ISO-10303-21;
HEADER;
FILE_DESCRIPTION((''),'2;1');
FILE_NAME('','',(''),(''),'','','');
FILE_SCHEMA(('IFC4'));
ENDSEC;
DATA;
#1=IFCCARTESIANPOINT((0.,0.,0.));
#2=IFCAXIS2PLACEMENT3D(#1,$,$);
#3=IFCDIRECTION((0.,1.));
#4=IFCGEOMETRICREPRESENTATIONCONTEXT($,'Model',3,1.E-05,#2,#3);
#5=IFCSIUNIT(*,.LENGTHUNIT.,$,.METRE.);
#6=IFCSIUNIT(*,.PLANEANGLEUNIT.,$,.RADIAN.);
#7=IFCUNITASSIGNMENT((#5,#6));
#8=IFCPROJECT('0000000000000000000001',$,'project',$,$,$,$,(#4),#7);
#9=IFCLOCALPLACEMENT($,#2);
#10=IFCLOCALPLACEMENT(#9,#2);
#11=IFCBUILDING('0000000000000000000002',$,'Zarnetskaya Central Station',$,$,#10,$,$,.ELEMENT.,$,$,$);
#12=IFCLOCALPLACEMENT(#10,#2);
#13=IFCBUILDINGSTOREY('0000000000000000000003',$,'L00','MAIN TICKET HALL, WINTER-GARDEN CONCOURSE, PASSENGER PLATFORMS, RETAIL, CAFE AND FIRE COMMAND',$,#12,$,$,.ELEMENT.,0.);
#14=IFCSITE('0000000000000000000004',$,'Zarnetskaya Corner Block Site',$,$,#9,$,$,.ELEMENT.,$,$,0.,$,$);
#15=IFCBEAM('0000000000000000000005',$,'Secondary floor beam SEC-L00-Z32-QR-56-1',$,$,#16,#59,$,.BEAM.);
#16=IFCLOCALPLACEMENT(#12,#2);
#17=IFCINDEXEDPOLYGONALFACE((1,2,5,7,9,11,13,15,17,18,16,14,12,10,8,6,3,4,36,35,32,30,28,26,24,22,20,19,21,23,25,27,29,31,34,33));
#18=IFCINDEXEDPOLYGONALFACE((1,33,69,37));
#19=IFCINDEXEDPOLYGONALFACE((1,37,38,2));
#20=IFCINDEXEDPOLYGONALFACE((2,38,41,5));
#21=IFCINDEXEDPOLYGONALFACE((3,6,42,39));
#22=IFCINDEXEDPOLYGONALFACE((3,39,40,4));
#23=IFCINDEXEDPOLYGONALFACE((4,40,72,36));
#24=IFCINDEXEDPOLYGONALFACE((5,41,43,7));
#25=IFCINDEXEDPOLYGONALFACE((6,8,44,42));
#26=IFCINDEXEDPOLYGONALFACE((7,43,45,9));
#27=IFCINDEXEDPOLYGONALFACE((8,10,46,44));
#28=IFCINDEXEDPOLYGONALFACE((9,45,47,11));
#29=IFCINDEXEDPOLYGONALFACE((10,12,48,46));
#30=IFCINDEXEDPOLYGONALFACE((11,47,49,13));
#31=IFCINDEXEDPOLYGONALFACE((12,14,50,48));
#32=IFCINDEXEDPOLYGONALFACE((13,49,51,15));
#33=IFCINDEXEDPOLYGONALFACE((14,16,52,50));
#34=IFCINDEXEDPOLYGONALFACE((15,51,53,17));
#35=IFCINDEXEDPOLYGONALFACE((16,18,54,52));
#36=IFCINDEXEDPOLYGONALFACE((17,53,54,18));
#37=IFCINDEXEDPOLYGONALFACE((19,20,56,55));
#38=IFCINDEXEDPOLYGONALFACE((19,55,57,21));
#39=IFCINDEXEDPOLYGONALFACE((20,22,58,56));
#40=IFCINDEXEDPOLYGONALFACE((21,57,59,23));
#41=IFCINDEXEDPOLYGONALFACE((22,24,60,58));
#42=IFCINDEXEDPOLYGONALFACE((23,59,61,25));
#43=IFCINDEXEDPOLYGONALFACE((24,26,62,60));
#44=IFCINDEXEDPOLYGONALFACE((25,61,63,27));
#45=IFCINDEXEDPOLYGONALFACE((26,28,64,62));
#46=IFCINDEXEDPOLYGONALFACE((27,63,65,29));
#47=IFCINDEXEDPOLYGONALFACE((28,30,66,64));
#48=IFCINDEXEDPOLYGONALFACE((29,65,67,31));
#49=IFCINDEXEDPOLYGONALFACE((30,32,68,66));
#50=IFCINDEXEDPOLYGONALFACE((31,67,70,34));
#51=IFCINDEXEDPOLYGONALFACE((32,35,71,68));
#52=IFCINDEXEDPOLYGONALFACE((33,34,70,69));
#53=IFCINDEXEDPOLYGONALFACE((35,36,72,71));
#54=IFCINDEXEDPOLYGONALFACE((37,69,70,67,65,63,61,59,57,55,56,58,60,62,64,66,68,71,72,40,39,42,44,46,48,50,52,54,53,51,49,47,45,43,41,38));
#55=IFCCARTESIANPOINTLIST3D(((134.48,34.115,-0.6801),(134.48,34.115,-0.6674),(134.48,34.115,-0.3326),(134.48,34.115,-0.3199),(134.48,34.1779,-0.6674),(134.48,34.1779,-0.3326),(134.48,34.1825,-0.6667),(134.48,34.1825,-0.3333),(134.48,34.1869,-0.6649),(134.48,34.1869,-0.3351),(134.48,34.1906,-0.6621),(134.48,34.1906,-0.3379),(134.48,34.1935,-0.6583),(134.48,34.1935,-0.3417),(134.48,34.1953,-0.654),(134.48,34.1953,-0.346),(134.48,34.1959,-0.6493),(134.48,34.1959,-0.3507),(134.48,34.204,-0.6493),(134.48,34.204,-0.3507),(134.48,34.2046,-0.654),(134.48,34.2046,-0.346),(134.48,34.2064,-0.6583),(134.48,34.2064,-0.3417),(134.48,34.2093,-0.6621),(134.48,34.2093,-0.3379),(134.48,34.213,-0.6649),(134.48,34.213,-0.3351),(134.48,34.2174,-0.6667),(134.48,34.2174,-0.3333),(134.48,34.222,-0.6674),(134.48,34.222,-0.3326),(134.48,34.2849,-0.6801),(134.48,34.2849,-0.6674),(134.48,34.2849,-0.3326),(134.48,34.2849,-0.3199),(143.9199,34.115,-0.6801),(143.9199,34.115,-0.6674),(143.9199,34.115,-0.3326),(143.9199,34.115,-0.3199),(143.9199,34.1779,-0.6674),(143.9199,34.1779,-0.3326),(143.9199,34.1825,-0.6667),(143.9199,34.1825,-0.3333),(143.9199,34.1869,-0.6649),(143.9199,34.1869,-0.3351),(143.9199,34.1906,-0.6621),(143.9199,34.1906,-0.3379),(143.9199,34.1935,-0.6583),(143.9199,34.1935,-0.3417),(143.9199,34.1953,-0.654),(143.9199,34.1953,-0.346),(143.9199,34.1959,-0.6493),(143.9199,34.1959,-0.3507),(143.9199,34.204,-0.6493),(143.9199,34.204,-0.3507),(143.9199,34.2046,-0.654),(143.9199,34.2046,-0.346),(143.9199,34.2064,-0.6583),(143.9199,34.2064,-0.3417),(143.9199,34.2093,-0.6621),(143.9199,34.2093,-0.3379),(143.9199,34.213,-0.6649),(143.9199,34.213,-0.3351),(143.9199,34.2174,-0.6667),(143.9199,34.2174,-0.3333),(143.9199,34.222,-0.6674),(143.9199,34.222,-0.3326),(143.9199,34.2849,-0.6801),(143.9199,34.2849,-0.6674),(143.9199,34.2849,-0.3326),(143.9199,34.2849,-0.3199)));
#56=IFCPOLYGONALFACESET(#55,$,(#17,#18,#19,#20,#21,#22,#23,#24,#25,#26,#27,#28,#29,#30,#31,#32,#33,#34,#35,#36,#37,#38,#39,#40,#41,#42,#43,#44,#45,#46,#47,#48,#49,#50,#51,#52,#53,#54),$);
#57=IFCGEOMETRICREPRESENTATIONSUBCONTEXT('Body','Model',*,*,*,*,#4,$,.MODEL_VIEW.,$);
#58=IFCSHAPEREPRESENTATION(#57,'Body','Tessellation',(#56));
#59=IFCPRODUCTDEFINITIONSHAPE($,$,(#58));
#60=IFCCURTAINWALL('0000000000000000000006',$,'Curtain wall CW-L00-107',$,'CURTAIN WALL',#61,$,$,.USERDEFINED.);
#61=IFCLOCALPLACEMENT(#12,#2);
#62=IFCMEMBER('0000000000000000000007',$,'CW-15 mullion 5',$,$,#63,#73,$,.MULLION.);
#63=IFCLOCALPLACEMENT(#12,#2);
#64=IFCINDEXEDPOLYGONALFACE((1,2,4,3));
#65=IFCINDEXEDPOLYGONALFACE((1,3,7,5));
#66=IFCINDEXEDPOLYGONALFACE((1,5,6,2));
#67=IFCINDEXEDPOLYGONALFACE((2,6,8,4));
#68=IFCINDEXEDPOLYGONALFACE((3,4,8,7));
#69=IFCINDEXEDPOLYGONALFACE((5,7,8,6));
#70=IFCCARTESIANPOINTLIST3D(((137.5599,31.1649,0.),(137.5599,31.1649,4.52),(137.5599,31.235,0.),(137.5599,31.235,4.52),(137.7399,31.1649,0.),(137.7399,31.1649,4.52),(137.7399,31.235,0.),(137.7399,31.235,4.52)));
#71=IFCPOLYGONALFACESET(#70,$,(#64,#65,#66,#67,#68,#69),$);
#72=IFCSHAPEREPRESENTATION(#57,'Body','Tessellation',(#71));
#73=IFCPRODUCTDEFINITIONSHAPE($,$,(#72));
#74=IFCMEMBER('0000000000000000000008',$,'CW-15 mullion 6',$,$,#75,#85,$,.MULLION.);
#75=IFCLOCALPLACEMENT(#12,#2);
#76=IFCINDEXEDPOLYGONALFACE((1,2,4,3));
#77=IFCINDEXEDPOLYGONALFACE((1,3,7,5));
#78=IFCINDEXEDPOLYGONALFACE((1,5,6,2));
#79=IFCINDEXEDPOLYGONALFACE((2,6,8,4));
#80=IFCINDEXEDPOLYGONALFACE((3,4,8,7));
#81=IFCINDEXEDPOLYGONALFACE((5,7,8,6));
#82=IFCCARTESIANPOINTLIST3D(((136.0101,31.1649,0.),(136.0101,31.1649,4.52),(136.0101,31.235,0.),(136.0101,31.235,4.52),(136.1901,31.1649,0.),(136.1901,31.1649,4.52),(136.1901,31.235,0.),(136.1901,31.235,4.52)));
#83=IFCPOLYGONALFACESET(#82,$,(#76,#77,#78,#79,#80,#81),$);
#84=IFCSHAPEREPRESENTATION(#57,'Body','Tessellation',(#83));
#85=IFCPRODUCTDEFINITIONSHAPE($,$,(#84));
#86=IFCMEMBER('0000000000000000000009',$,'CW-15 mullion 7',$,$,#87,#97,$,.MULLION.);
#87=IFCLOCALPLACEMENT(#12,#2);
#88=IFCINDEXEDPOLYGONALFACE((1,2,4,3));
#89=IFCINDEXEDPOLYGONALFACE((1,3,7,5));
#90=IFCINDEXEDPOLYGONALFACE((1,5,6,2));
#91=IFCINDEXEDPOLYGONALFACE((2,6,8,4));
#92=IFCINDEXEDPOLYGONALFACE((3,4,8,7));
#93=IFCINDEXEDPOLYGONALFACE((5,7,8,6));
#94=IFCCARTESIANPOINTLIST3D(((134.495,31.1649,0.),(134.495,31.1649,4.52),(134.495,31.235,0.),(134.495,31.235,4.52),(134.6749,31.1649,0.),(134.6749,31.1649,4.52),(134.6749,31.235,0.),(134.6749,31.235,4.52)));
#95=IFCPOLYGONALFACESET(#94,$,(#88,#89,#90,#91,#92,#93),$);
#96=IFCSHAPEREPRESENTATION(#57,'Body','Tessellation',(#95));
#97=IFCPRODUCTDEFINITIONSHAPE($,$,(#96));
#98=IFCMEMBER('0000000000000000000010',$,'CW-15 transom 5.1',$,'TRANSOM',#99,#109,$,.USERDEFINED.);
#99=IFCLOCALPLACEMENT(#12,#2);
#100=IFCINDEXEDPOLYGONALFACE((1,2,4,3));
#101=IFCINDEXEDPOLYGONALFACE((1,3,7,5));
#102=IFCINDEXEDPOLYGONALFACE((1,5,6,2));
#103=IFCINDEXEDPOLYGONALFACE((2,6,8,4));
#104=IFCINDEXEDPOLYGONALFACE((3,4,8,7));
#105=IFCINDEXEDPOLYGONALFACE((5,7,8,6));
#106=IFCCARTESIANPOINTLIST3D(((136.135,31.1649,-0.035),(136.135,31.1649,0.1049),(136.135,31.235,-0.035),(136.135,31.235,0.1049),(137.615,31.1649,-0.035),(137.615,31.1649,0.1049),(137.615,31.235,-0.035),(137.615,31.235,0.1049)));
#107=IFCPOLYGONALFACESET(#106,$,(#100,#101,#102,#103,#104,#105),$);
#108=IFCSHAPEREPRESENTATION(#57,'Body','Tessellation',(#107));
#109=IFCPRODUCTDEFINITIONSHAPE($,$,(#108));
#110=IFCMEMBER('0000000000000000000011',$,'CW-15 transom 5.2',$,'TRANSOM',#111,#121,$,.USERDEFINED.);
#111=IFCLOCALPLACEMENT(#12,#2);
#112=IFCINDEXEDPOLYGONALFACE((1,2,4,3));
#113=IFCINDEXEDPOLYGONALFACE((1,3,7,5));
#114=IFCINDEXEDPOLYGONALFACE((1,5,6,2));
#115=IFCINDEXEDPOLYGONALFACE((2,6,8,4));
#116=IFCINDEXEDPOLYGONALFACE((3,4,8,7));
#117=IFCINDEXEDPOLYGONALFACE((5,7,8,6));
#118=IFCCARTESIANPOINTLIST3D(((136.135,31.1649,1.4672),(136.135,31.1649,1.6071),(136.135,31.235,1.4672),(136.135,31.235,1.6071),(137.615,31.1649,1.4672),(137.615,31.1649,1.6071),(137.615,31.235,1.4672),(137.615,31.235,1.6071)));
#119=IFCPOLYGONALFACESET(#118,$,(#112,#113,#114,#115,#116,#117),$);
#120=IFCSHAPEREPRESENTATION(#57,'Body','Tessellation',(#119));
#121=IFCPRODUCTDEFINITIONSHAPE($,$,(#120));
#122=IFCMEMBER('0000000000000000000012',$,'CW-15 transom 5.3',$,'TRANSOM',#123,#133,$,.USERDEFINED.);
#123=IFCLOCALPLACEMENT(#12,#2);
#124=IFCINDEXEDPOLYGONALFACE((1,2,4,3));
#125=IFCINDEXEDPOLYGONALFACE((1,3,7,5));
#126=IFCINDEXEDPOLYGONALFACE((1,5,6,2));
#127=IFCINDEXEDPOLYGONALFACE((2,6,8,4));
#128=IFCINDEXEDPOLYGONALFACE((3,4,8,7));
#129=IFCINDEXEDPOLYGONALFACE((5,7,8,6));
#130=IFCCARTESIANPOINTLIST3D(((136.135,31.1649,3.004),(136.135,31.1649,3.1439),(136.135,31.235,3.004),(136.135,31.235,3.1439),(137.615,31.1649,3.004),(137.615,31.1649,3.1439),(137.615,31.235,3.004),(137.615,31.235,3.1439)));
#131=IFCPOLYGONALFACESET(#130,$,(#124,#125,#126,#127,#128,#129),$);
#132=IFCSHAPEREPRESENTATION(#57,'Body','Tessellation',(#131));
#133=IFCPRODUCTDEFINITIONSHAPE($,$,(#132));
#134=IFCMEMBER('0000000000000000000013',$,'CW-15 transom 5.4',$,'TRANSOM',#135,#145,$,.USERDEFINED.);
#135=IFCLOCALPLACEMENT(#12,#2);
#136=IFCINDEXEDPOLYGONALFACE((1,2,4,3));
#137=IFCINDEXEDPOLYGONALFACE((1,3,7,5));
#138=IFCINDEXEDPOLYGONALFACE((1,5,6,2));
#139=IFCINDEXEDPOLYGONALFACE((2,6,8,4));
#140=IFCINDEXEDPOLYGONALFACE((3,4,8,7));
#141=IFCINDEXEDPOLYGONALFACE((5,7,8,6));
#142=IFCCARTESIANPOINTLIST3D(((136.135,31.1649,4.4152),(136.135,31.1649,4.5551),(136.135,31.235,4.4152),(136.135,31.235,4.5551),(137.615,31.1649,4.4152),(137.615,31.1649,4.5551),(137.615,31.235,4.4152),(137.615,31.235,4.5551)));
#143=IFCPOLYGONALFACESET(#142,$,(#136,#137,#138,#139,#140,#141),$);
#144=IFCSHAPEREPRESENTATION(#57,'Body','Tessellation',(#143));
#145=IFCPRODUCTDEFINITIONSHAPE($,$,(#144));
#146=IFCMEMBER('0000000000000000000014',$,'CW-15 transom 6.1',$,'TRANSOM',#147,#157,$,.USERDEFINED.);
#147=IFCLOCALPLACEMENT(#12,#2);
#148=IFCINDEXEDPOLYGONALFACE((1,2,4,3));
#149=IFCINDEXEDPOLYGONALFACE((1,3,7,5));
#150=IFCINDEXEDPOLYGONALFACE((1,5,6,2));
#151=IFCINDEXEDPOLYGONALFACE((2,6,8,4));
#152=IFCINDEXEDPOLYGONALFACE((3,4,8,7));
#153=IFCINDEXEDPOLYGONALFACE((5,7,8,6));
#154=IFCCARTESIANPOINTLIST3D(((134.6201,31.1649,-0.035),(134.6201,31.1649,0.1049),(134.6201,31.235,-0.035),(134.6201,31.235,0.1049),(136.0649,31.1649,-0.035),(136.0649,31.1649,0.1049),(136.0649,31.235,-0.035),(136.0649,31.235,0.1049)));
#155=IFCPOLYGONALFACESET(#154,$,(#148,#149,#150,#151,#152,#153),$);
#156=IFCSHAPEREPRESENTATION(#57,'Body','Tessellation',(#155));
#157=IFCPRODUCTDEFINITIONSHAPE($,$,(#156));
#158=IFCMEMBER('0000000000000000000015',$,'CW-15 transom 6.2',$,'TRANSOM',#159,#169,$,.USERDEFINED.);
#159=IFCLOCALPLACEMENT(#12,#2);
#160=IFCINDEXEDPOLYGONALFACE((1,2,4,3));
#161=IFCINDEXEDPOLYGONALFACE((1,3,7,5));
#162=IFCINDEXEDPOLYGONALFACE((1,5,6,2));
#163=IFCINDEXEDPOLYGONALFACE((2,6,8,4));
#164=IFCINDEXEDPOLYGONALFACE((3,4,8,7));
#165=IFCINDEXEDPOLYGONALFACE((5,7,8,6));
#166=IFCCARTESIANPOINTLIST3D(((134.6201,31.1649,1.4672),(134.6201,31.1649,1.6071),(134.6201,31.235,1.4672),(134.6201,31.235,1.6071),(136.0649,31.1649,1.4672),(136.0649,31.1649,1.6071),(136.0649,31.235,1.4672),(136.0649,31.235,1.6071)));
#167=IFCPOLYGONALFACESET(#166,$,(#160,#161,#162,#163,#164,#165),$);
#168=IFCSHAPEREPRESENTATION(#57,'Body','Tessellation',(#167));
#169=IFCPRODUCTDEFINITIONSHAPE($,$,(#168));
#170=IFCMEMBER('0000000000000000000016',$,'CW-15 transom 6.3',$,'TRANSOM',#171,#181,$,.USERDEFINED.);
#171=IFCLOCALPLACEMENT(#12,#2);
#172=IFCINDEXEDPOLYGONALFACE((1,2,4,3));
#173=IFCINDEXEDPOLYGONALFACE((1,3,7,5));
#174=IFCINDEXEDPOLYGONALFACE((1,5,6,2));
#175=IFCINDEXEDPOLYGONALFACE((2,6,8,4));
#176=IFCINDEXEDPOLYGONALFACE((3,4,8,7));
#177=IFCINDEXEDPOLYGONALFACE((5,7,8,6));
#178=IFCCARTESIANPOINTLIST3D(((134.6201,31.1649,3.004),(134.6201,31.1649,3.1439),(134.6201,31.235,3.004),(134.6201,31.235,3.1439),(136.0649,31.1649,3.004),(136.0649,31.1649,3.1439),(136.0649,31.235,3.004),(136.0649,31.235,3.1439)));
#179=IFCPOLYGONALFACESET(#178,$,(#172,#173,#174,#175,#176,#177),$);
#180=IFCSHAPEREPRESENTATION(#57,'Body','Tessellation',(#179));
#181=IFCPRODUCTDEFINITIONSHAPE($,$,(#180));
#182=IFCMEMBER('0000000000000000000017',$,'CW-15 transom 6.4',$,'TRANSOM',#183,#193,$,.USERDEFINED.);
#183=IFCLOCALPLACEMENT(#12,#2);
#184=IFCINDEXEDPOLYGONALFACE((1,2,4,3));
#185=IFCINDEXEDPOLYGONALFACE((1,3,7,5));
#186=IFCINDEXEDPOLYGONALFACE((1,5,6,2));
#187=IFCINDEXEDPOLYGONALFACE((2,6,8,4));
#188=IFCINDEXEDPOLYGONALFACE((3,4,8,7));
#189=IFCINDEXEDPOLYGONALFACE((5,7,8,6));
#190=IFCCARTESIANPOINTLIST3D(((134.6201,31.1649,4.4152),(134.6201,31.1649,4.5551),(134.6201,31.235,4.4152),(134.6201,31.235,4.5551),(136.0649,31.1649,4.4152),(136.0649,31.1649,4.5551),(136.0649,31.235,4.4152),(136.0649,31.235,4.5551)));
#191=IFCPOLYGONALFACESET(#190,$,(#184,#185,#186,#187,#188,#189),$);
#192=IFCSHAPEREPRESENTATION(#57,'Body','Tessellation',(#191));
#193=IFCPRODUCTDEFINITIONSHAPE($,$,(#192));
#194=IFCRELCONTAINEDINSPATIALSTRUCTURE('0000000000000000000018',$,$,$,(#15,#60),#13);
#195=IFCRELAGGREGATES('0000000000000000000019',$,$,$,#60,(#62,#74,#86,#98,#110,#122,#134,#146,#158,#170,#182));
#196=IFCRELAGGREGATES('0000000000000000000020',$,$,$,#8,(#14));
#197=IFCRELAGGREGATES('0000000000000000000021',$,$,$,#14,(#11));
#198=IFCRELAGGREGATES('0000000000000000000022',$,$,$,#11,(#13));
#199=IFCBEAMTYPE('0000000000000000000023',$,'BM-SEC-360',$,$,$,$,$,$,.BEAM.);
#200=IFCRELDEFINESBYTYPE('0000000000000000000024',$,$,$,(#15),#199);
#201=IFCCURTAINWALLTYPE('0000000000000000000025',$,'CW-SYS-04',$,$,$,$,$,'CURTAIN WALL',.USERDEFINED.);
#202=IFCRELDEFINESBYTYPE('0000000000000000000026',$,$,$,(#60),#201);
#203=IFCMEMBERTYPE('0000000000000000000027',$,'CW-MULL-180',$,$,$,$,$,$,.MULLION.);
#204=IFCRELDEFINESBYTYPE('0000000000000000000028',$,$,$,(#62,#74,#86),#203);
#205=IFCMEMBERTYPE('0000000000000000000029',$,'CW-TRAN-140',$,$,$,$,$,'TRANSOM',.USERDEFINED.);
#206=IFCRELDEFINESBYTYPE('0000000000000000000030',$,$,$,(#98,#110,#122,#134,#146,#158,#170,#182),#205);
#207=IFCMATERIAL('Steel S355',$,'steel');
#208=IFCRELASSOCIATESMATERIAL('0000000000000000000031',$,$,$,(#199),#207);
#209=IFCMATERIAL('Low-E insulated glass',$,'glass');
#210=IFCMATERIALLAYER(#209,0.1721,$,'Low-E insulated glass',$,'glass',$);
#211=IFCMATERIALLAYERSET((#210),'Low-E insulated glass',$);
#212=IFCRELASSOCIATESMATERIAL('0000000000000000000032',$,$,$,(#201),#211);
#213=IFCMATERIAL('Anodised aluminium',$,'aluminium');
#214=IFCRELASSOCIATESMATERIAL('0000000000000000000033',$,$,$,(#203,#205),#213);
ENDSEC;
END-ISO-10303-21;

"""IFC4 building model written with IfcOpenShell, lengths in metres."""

from ifc_helpers import new_model, si_unit, direction, frame, origin, origin_2d, place, context, subcontext, project, spatial, rectangle, i_section, extrude, material, layer, layer_set, material_profile, profile_set, type_object, element, aggregate, save


model = new_model("IFC4")

# Units and contexts
model_context = context("Model", 3, precision=1e-05, world=origin(), true_north=direction((0.0, 1.0)))
body_context = subcontext(model_context, "Body", "Model", "MODEL_VIEW")
ifc_project = project(units=[si_unit("LENGTHUNIT", "METRE"), si_unit("PLANEANGLEUNIT", "RADIAN")], contexts=[model_context])

# Site, building, storey
site_placement = place(None, origin())
site = spatial("IfcSite", under=ifc_project, at=site_placement, Name="Zarnetskaya Corner Block Site", CompositionType="ELEMENT", RefElevation=0.0)
building_placement = place(site_placement, origin())
building = spatial("IfcBuilding", under=site, at=building_placement, Name="Zarnetskaya Central Station", CompositionType="ELEMENT")
storey_placement = place(building_placement, origin())
storey = spatial("IfcBuildingStorey", under=building, at=storey_placement, Name="L00", Description="MAIN TICKET HALL, WINTER-GARDEN CONCOURSE, PASSENGER PLATFORMS, RETAIL, CAFE AND FIRE COMMAND", CompositionType="ELEMENT", Elevation=0.0)

# Beam
ifc_material_1 = material(Name="Steel S355", Category="steel")
ifc_material_profile_1 = material_profile(ifc_material_1, i_section(OverallWidth=0.1699, OverallDepth=0.3601, WebThickness=0.0081, FlangeThickness=0.0127, FilletRadius=0.0181, at=origin_2d()), Name="IPE 360")
ifc_profile_set_1 = profile_set([ifc_material_profile_1], Name="Steel S355")
beam_type_1 = type_object("IfcBeamType", Name="BM-SEC-360", PredefinedType="BEAM", material=ifc_profile_set_1)
beam_1_placement = place(storey_placement, frame((134.48, 34.2, -0.5), z_axis=(1.0, 0.0, 0.0), x_axis=(0.0, 1.0, 0.0)))
element("IfcBeam", 1, at=beam_1_placement, inside=storey, type_object=beam_type_1, Name="Secondary floor beam SEC-L00-Z32-QR-56-1", PredefinedType="BEAM", context=body_context, shape_type="SweptSolid", body=[
    extrude(i_section(OverallWidth=0.1699, OverallDepth=0.3601, WebThickness=0.0081, FlangeThickness=0.0127, FilletRadius=0.0181, at=origin_2d()), origin(), (0.0, 0.0, 1.0), 9.4399),
])

# Curtain wall, members
ifc_material_2 = material(Name="Low-E insulated glass", Category="glass")
ifc_layer_1 = layer(ifc_material_2, 0.1721, Name="Low-E insulated glass", Category="glass")
ifc_layer_set_1 = layer_set([ifc_layer_1], Name="Low-E insulated glass")
curtain_wall_type = type_object("IfcCurtainWallType", Name="CW-SYS-04", ElementType="CURTAIN WALL", PredefinedType="USERDEFINED", material=ifc_layer_set_1)
curtain_wall_placement = place(storey_placement, origin())
curtain_wall = element("IfcCurtainWall", 2, at=curtain_wall_placement, inside=storey, type_object=curtain_wall_type, Name="Curtain wall CW-L00-107", ObjectType="CURTAIN WALL", PredefinedType="USERDEFINED")
ifc_material_3 = material(Name="Anodised aluminium", Category="aluminium")
ifc_material_profile_2 = material_profile(ifc_material_3, rectangle(XDim=0.0701, YDim=0.1799, at=origin_2d()), Name="ALU MULL 70x180")
ifc_profile_set_2 = profile_set([ifc_material_profile_2], Name="Anodised aluminium")
member_type_1 = type_object("IfcMemberType", Name="CW-MULL-180", PredefinedType="MULLION", material=ifc_profile_set_2)
member_1_placement = place(storey_placement, frame((137.6499, 31.2, 0.0), z_axis=(0.0, 0.0, 1.0), x_axis=(0.0, -1.0, 0.0)))
member_1 = element("IfcMember", 3, at=member_1_placement, type_object=member_type_1, Name="CW-15 mullion 5", PredefinedType="MULLION", context=body_context, shape_type="SweptSolid", body=[
    extrude(rectangle(XDim=0.0701, YDim=0.1799, at=origin_2d()), origin(), (0.0, 0.0, 1.0), 4.52),
])
member_2_placement = place(storey_placement, frame((136.1001, 31.2, 0.0), z_axis=(0.0, 0.0, 1.0), x_axis=(0.0, -1.0, 0.0)))
member_2 = element("IfcMember", 4, at=member_2_placement, type_object=member_type_1, Name="CW-15 mullion 6", PredefinedType="MULLION", context=body_context, shape_type="SweptSolid", body=[
    extrude(rectangle(XDim=0.0701, YDim=0.1799, at=origin_2d()), origin(), (0.0, 0.0, 1.0), 4.52),
])
member_3_placement = place(storey_placement, frame((134.585, 31.2, 0.0), z_axis=(0.0, 0.0, 1.0), x_axis=(0.0, -1.0, 0.0)))
member_3 = element("IfcMember", 5, at=member_3_placement, type_object=member_type_1, Name="CW-15 mullion 7", PredefinedType="MULLION", context=body_context, shape_type="SweptSolid", body=[
    extrude(rectangle(XDim=0.0701, YDim=0.1799, at=origin_2d()), origin(), (0.0, 0.0, 1.0), 4.52),
])
ifc_material_profile_3 = material_profile(ifc_material_3, rectangle(XDim=0.0701, YDim=0.1399, at=origin_2d()), Name="ALU TRAN 70x140")
ifc_profile_set_3 = profile_set([ifc_material_profile_3], Name="Anodised aluminium")
member_type_2 = type_object("IfcMemberType", Name="CW-TRAN-140", ElementType="TRANSOM", PredefinedType="USERDEFINED", material=ifc_profile_set_3)
member_4_placement = place(storey_placement, frame((137.615, 31.2, 0.0349), z_axis=(-1.0, 0.0, 0.0), x_axis=(0.0, -1.0, 0.0)))
member_4 = element("IfcMember", 6, at=member_4_placement, type_object=member_type_2, Name="CW-15 transom 5.1", ObjectType="TRANSOM", PredefinedType="USERDEFINED", context=body_context, shape_type="SweptSolid", body=[
    extrude(rectangle(XDim=0.0701, YDim=0.1399, at=origin_2d()), origin(), (0.0, 0.0, 1.0), 1.48),
])
member_5_placement = place(storey_placement, frame((137.615, 31.2, 1.5371), z_axis=(-1.0, 0.0, 0.0), x_axis=(0.0, -1.0, 0.0)))
member_5 = element("IfcMember", 7, at=member_5_placement, type_object=member_type_2, Name="CW-15 transom 5.2", ObjectType="TRANSOM", PredefinedType="USERDEFINED", context=body_context, shape_type="SweptSolid", body=[
    extrude(rectangle(XDim=0.0701, YDim=0.1399, at=origin_2d()), origin(), (0.0, 0.0, 1.0), 1.48),
])
member_6_placement = place(storey_placement, frame((137.615, 31.2, 3.074), z_axis=(-1.0, 0.0, 0.0), x_axis=(0.0, -1.0, 0.0)))
member_6 = element("IfcMember", 8, at=member_6_placement, type_object=member_type_2, Name="CW-15 transom 5.3", ObjectType="TRANSOM", PredefinedType="USERDEFINED", context=body_context, shape_type="SweptSolid", body=[
    extrude(rectangle(XDim=0.0701, YDim=0.1399, at=origin_2d()), origin(), (0.0, 0.0, 1.0), 1.48),
])
member_7_placement = place(storey_placement, frame((137.615, 31.2, 4.4851), z_axis=(-1.0, 0.0, 0.0), x_axis=(0.0, -1.0, 0.0)))
member_7 = element("IfcMember", 9, at=member_7_placement, type_object=member_type_2, Name="CW-15 transom 5.4", ObjectType="TRANSOM", PredefinedType="USERDEFINED", context=body_context, shape_type="SweptSolid", body=[
    extrude(rectangle(XDim=0.0701, YDim=0.1399, at=origin_2d()), origin(), (0.0, 0.0, 1.0), 1.48),
])
member_8_placement = place(storey_placement, frame((136.0649, 31.2, 0.0349), z_axis=(-1.0, 0.0, 0.0), x_axis=(0.0, -1.0, 0.0)))
member_8 = element("IfcMember", 10, at=member_8_placement, type_object=member_type_2, Name="CW-15 transom 6.1", ObjectType="TRANSOM", PredefinedType="USERDEFINED", context=body_context, shape_type="SweptSolid", body=[
    extrude(rectangle(XDim=0.0701, YDim=0.1399, at=origin_2d()), origin(), (0.0, 0.0, 1.0), 1.4448),
])
member_9_placement = place(storey_placement, frame((136.0649, 31.2, 1.5371), z_axis=(-1.0, 0.0, 0.0), x_axis=(0.0, -1.0, 0.0)))
member_9 = element("IfcMember", 11, at=member_9_placement, type_object=member_type_2, Name="CW-15 transom 6.2", ObjectType="TRANSOM", PredefinedType="USERDEFINED", context=body_context, shape_type="SweptSolid", body=[
    extrude(rectangle(XDim=0.0701, YDim=0.1399, at=origin_2d()), origin(), (0.0, 0.0, 1.0), 1.4448),
])
member_10_placement = place(storey_placement, frame((136.0649, 31.2, 3.074), z_axis=(-1.0, 0.0, 0.0), x_axis=(0.0, -1.0, 0.0)))
member_10 = element("IfcMember", 12, at=member_10_placement, type_object=member_type_2, Name="CW-15 transom 6.3", ObjectType="TRANSOM", PredefinedType="USERDEFINED", context=body_context, shape_type="SweptSolid", body=[
    extrude(rectangle(XDim=0.0701, YDim=0.1399, at=origin_2d()), origin(), (0.0, 0.0, 1.0), 1.4448),
])
member_11_placement = place(storey_placement, frame((136.0649, 31.2, 4.4851), z_axis=(-1.0, 0.0, 0.0), x_axis=(0.0, -1.0, 0.0)))
member_11 = element("IfcMember", 13, at=member_11_placement, type_object=member_type_2, Name="CW-15 transom 6.4", ObjectType="TRANSOM", PredefinedType="USERDEFINED", context=body_context, shape_type="SweptSolid", body=[
    extrude(rectangle(XDim=0.0701, YDim=0.1399, at=origin_2d()), origin(), (0.0, 0.0, 1.0), 1.4448),
])

aggregate(curtain_wall, [member_1, member_2, member_3, member_4, member_5, member_6, member_7, member_8, member_9, member_10, member_11])

save(model, "model.ifc")
